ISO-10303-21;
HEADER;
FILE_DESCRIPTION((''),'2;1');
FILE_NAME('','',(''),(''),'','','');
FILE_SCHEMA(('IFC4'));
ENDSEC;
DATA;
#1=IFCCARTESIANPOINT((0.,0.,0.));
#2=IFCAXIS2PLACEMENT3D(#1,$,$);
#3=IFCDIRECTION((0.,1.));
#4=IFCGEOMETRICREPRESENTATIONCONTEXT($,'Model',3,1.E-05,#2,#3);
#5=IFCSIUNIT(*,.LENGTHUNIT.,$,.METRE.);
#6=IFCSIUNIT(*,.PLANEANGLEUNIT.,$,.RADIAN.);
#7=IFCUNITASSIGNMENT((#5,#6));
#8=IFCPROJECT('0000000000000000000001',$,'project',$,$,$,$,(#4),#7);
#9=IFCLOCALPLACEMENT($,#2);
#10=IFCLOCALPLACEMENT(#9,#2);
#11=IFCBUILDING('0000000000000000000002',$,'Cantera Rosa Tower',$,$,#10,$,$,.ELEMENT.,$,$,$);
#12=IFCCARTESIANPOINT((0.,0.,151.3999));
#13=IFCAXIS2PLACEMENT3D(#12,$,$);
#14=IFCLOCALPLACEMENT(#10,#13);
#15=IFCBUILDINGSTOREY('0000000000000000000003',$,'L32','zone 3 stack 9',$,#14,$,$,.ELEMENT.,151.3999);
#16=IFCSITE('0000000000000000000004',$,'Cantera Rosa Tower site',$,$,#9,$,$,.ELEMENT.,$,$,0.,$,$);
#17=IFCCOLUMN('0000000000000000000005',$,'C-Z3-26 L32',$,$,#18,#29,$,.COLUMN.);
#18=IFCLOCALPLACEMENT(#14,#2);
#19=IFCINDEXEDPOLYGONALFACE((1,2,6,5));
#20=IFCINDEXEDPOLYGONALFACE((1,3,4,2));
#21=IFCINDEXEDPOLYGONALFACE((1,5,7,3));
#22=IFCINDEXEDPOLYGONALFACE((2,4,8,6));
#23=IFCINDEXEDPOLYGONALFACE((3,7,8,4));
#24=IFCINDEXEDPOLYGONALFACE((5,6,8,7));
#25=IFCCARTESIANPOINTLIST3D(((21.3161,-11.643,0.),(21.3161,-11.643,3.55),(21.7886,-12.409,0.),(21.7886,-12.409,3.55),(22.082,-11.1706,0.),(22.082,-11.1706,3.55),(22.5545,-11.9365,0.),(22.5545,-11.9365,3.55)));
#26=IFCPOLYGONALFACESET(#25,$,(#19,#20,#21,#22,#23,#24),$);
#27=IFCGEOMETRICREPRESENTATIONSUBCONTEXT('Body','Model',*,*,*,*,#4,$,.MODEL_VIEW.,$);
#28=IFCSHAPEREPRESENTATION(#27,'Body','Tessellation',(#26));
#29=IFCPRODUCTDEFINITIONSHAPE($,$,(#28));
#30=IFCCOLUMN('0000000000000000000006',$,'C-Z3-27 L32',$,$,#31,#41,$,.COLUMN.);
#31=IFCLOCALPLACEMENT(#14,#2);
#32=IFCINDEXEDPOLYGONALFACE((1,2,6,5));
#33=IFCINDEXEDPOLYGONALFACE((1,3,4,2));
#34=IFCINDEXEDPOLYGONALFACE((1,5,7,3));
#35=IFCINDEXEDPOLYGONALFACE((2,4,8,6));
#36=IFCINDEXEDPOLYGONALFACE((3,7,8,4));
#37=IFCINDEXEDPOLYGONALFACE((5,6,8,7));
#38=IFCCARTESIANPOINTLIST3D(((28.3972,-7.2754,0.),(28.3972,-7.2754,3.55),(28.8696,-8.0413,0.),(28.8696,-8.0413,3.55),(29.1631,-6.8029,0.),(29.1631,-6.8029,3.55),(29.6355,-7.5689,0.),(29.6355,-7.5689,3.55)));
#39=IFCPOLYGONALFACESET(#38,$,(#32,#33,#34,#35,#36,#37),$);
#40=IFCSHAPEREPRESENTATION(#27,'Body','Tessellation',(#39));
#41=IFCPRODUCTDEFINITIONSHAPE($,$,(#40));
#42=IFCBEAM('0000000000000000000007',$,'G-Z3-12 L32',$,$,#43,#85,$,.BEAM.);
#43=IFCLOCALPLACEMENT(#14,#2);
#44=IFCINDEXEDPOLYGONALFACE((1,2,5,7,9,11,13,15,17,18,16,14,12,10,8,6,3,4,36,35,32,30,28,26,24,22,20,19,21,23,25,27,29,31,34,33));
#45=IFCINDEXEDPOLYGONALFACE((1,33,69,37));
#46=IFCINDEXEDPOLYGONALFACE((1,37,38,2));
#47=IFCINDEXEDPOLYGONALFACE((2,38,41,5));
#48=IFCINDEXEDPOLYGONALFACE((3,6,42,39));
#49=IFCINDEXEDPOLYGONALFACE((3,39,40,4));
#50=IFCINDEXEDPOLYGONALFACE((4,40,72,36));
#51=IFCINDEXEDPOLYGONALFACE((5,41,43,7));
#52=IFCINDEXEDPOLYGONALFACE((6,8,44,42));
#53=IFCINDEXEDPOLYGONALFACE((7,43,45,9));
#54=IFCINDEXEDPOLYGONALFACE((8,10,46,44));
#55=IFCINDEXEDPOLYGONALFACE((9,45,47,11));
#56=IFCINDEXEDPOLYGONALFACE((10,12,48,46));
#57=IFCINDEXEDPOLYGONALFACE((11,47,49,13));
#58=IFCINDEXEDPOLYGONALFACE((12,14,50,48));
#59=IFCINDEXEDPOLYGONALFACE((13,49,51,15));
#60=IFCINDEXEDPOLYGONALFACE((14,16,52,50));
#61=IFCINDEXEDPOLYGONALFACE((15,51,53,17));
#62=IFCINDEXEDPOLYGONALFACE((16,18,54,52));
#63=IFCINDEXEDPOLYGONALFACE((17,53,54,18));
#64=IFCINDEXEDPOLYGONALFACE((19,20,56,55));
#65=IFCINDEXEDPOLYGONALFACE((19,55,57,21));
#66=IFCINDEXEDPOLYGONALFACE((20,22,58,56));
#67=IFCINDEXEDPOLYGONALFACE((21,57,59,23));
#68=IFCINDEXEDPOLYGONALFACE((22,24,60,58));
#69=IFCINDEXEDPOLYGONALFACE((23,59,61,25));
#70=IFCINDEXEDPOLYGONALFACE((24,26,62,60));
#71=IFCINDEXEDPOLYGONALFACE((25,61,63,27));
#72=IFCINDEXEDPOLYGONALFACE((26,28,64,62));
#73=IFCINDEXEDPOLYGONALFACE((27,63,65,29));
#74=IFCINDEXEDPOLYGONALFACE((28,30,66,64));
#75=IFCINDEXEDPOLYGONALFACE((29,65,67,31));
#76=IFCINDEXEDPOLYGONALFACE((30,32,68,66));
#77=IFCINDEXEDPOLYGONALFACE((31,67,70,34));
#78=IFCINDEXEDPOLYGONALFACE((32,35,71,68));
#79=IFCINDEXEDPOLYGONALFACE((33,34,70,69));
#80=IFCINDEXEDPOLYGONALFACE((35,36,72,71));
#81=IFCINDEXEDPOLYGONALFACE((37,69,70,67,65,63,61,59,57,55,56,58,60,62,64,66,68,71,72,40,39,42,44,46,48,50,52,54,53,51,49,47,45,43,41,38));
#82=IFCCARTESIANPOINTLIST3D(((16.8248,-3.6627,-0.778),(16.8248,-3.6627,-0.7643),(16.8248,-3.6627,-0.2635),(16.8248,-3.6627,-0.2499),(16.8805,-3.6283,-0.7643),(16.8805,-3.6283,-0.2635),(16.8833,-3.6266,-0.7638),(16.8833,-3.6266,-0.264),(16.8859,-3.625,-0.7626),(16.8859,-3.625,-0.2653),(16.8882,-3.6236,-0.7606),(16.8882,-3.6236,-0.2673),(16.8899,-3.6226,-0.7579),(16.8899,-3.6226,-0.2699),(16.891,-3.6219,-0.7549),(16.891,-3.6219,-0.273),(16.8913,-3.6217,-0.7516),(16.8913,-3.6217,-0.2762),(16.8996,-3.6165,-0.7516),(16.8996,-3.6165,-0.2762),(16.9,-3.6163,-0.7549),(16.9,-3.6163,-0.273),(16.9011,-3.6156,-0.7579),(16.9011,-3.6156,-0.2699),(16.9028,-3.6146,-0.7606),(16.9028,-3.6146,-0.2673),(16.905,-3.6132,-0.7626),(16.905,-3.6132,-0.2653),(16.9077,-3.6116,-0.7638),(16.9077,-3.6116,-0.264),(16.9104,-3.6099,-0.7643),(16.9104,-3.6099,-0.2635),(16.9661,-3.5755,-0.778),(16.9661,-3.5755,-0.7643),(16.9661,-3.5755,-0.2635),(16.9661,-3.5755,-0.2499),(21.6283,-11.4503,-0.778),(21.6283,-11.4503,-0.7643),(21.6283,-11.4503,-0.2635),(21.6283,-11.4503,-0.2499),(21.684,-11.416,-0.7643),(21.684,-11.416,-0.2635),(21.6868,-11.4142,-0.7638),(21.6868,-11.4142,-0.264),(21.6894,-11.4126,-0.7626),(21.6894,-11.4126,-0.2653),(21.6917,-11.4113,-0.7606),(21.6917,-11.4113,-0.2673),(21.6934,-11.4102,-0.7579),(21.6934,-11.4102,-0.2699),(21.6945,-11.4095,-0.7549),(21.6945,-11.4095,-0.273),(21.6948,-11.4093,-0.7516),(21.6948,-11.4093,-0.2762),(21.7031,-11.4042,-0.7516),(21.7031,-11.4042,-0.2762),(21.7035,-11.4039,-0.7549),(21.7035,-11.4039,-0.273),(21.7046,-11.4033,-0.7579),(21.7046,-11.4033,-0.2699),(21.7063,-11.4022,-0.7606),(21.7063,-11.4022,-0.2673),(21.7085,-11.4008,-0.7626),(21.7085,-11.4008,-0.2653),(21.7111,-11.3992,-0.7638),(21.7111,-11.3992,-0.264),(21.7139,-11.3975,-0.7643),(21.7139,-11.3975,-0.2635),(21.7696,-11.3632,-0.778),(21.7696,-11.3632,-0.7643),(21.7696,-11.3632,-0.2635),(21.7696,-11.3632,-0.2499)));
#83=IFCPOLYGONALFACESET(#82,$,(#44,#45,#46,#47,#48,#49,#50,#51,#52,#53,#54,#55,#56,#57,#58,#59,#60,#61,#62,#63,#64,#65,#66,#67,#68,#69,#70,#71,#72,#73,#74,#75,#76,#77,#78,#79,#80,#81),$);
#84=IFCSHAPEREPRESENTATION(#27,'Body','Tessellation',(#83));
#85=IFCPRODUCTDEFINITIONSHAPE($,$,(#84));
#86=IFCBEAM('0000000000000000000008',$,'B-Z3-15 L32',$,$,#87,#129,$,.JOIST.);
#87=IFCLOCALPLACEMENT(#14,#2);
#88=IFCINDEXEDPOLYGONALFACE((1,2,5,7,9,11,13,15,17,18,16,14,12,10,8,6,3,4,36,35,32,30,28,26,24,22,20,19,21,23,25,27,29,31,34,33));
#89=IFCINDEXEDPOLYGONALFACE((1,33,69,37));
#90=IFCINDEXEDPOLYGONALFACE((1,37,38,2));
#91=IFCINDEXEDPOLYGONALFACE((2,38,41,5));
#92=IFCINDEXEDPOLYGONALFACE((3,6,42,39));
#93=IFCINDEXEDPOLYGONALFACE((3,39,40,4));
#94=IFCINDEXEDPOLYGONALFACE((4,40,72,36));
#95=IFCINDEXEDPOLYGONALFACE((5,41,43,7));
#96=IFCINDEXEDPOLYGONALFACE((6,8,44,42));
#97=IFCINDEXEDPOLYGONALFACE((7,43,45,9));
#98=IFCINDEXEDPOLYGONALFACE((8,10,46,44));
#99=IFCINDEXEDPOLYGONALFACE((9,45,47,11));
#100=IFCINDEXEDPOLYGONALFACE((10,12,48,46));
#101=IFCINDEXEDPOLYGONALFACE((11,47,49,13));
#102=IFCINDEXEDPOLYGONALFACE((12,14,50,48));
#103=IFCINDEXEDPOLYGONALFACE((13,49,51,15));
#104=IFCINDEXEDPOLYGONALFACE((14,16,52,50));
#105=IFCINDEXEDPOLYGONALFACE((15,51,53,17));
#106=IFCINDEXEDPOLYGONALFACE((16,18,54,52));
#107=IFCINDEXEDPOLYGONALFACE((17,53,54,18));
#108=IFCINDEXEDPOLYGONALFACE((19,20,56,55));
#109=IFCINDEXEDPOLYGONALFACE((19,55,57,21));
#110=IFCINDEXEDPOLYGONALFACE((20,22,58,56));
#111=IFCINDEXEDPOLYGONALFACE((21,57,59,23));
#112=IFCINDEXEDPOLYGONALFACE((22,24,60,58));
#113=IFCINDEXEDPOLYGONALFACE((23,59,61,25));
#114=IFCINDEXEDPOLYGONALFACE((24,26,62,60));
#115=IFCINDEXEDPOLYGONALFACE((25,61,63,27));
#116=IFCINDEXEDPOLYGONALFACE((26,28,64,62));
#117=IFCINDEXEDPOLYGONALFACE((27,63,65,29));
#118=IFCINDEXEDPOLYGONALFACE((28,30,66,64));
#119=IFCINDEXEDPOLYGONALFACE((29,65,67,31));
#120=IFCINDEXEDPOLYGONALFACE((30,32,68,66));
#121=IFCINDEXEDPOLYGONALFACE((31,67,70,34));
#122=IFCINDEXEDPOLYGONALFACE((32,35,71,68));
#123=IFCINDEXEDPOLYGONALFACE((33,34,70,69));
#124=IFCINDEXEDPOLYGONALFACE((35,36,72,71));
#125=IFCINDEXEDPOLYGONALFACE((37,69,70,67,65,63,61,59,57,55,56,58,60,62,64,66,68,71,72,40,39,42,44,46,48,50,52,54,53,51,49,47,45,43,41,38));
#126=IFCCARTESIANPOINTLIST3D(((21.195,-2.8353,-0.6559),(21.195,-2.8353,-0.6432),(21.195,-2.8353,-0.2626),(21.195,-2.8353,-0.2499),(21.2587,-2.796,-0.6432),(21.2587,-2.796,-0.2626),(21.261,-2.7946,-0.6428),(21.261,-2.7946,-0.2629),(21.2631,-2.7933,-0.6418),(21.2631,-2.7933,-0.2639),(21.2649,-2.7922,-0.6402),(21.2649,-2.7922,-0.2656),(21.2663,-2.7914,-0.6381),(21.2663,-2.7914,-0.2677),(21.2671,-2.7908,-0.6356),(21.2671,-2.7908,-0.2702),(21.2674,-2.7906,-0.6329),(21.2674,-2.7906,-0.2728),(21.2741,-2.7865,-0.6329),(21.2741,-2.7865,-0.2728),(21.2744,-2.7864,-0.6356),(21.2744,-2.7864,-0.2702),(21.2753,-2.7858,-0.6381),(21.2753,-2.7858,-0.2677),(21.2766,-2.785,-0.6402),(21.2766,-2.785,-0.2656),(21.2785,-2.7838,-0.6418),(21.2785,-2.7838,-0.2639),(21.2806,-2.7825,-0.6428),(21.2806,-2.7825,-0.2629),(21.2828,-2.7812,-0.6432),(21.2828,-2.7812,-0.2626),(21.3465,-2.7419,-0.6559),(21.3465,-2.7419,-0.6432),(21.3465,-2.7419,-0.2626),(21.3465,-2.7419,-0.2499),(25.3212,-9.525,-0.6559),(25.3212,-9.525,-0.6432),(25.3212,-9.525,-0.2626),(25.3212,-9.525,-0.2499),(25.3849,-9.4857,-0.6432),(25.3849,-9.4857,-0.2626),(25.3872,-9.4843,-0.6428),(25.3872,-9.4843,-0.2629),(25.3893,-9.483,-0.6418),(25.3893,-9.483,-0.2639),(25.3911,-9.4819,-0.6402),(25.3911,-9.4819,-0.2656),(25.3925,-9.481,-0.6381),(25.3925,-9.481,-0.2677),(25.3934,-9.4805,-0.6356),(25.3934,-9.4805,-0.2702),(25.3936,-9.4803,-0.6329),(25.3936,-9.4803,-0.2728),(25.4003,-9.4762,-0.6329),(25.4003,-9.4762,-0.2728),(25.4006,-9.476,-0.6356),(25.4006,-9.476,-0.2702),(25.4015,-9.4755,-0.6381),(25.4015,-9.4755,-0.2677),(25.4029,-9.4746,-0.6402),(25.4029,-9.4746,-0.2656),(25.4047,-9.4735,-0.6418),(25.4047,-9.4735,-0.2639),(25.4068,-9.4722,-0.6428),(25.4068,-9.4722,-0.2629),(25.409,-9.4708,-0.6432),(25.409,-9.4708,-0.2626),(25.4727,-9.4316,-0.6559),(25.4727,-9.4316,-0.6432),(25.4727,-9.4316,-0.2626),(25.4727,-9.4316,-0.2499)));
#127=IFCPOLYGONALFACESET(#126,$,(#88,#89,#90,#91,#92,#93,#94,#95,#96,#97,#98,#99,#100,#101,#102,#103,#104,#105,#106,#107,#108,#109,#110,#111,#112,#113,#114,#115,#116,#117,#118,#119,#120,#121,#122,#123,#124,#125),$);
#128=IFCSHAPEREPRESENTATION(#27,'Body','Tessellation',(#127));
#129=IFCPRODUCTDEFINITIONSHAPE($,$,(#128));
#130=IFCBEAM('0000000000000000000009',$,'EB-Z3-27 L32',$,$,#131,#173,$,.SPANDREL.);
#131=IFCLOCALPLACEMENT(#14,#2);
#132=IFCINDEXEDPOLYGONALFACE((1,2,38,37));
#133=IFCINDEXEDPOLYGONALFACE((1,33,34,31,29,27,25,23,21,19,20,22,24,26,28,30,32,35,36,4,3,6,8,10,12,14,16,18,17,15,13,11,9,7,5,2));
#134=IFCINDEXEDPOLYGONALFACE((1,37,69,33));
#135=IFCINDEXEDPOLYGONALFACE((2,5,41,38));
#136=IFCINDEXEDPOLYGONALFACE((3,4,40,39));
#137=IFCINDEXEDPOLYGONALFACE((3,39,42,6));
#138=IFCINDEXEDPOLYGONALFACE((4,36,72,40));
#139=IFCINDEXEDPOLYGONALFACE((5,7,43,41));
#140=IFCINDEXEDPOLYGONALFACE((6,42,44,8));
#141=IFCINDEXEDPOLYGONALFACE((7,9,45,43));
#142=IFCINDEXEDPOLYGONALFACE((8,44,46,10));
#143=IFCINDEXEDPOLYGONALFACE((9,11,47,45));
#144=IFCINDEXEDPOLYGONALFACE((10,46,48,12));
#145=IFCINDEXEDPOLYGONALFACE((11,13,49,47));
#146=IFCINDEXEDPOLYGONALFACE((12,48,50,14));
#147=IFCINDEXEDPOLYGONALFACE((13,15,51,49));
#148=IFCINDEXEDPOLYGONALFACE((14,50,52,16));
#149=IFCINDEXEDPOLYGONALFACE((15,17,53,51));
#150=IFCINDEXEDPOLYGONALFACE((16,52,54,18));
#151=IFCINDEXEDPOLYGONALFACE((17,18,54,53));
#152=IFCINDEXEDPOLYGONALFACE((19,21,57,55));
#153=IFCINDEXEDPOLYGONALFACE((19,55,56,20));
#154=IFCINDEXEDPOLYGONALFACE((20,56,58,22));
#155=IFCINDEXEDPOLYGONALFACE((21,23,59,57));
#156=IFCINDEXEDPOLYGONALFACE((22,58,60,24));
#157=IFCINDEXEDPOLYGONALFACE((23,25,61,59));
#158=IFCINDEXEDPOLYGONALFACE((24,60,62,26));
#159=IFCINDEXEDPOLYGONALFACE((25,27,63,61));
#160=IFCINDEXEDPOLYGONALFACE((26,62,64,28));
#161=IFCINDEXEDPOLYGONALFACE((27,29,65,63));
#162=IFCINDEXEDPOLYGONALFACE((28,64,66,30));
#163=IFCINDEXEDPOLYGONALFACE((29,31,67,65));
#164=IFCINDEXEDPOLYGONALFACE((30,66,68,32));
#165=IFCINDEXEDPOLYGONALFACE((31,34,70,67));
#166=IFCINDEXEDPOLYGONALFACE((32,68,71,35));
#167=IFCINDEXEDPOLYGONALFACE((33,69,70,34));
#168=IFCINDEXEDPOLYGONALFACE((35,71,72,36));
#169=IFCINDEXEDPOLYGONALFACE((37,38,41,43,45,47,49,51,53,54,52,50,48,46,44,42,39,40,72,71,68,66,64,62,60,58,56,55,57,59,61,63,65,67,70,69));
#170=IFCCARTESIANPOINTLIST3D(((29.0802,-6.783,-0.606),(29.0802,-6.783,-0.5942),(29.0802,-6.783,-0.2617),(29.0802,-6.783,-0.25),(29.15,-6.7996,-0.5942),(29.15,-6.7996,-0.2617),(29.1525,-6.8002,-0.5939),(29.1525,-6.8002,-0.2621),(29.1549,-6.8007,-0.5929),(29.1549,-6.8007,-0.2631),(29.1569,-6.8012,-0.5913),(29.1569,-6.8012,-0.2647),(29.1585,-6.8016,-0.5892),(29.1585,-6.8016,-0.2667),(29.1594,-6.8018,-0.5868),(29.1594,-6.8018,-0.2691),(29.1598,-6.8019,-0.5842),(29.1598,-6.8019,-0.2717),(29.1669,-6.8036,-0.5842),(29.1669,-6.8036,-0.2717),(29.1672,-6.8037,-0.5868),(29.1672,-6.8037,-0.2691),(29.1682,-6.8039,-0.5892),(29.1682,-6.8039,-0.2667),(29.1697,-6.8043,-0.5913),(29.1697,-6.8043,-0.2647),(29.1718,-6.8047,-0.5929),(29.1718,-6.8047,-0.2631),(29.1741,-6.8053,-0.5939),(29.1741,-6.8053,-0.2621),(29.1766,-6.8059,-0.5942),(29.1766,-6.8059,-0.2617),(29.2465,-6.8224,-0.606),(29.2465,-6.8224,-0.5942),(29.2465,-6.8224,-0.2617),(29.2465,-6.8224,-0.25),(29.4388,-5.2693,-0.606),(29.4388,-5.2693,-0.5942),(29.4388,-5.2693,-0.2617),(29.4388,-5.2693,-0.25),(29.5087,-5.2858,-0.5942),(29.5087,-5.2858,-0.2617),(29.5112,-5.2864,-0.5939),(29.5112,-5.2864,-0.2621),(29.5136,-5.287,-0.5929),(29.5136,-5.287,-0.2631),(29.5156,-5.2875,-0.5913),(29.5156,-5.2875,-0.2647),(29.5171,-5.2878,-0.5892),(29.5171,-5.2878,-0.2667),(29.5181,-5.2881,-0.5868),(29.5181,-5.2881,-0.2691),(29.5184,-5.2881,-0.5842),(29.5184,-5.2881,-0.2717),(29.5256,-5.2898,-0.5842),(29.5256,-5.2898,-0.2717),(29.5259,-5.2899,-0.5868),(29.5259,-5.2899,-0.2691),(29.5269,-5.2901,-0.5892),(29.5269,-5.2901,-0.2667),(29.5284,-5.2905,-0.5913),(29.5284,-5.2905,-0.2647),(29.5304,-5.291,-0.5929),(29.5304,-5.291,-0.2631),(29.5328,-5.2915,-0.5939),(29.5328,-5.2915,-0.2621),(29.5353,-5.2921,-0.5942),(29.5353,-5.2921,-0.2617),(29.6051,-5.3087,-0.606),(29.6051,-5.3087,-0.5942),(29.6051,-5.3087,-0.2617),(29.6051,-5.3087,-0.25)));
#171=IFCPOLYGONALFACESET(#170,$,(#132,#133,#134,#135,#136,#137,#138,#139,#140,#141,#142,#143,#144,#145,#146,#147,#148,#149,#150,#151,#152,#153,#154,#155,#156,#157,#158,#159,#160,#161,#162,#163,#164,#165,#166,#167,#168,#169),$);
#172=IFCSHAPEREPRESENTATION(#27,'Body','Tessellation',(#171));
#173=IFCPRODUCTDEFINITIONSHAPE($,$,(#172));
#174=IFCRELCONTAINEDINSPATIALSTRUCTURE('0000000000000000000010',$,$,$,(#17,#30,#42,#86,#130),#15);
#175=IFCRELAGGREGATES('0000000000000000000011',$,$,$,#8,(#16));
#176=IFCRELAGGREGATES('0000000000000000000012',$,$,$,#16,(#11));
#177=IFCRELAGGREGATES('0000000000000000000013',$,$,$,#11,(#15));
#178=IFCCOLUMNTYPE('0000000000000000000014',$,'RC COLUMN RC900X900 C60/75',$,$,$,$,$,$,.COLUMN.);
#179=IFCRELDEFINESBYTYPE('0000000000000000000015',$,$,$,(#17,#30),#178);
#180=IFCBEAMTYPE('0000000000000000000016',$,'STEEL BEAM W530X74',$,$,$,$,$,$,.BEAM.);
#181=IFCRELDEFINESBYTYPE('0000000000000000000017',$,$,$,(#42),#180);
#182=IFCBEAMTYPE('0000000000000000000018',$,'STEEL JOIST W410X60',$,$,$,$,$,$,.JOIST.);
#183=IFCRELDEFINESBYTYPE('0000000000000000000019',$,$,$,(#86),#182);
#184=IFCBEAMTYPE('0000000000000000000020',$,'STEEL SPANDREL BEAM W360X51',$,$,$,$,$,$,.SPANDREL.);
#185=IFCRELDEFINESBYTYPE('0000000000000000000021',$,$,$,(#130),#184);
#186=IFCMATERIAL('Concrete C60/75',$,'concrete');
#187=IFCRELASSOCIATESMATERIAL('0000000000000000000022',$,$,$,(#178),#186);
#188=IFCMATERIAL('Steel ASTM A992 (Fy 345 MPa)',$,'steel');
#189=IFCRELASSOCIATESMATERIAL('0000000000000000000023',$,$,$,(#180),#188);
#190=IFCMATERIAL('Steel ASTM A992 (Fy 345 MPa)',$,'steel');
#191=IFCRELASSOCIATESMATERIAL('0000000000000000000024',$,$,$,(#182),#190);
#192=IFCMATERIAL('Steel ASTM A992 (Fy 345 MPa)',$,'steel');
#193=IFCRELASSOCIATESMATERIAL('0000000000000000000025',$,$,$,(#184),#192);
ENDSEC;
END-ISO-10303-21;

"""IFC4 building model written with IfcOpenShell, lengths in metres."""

from ifc_helpers import new_model, si_unit, direction, frame, origin, origin_2d, place, context, subcontext, project, spatial, rectangle, i_section, extrude, material, material_profile, profile_set, type_object, element, save


model = new_model("IFC4")

# Units and contexts
model_context = context("Model", 3, precision=1e-05, world=origin(), true_north=direction((0.0, 1.0)))
body_context = subcontext(model_context, "Body", "Model", "MODEL_VIEW")
ifc_project = project(units=[si_unit("LENGTHUNIT", "METRE"), si_unit("PLANEANGLEUNIT", "RADIAN")], contexts=[model_context])

# Site, building, storey
site_placement = place(None, origin())
site = spatial("IfcSite", under=ifc_project, at=site_placement, Name="Cantera Rosa Tower site", CompositionType="ELEMENT", RefElevation=0.0)
building_placement = place(site_placement, origin())
building = spatial("IfcBuilding", under=site, at=building_placement, Name="Cantera Rosa Tower", CompositionType="ELEMENT")
storey_placement = place(building_placement, frame((0.0, 0.0, 151.3999)))
storey = spatial("IfcBuildingStorey", under=building, at=storey_placement, Name="L32", Description="zone 3 stack 9", CompositionType="ELEMENT", Elevation=151.3999)

# Columns
ifc_material_1 = material(Name="Concrete C60/75", Category="concrete")
ifc_material_profile_1 = material_profile(ifc_material_1, rectangle(XDim=0.8999, YDim=0.8999, at=origin_2d()), Name="RC COLUMN RC900X900 C60/75")
ifc_profile_set_1 = profile_set([ifc_material_profile_1], Name="Concrete C60/75")
column_type = type_object("IfcColumnType", Name="RC COLUMN RC900X900 C60/75", PredefinedType="COLUMN", material=ifc_profile_set_1)
for number, where, z_axis, x_axis, name in (
    (1, (21.9353, -11.7898, 0.0), (0.0, 0.0, 1.0), (0.851117, 0.524977, 0.0), "C-Z3-26 L32"),
    (2, (29.0164, -7.4221, 0.0), (0.0, 0.0, 1.0), (0.851117, 0.524977, 0.0), "C-Z3-27 L32"),
):
    element("IfcColumn", number, at=place(storey_placement, frame(where, z_axis=z_axis, x_axis=x_axis)), inside=storey, type_object=column_type, Name=name, PredefinedType="COLUMN", context=body_context, shape_type="SweptSolid", body=[
        extrude(rectangle(XDim=0.8999, YDim=0.8999, at=origin_2d()), origin(), (0.0, 0.0, 1.0), 3.55),
    ])

# Beams
ifc_material_2 = material(Name="Steel ASTM A992 (Fy 345 MPa)", Category="steel")
ifc_material_profile_2 = material_profile(ifc_material_2, i_section(OverallWidth=0.166, OverallDepth=0.5281, WebThickness=0.0098, FlangeThickness=0.0137, FilletRadius=0.0127, at=origin_2d()), Name="W530X74")
ifc_profile_set_2 = profile_set([ifc_material_profile_2], Name="Steel ASTM A992 (Fy 345 MPa)")
beam_type_1 = type_object("IfcBeamType", Name="STEEL BEAM W530X74", PredefinedType="BEAM", material=ifc_profile_set_2)
beam_1_placement = place(storey_placement, frame((21.699, -11.4067, -0.5139), z_axis=(-0.524977, 0.851116, 0.0), x_axis=(-0.851116, -0.524977, 0.0)))
element("IfcBeam", 3, at=beam_1_placement, inside=storey, type_object=beam_type_1, Name="G-Z3-12 L32", PredefinedType="BEAM", context=body_context, shape_type="SweptSolid", body=[
    extrude(i_section(OverallWidth=0.166, OverallDepth=0.5281, WebThickness=0.0098, FlangeThickness=0.0137, FilletRadius=0.0127, at=origin_2d()), origin(), (0.0, 0.0, 1.0), 9.1499),
])
ifc_material_3 = material(Name="Steel ASTM A992 (Fy 345 MPa)", Category="steel")
ifc_material_profile_3 = material_profile(ifc_material_3, i_section(OverallWidth=0.178, OverallDepth=0.406, WebThickness=0.0078, FlangeThickness=0.0127, FilletRadius=0.0103, at=origin_2d()), Name="W410X60")
ifc_profile_set_3 = profile_set([ifc_material_profile_3], Name="Steel ASTM A992 (Fy 345 MPa)")
beam_type_2 = type_object("IfcBeamType", Name="STEEL JOIST W410X60", PredefinedType="JOIST", material=ifc_profile_set_3)
beam_2_placement = place(storey_placement, frame((25.397, -9.4783, -0.4529), z_axis=(-0.524972, 0.851119, 0.0), x_axis=(-0.851119, -0.524972, 0.0)))
element("IfcBeam", 4, at=beam_2_placement, inside=storey, type_object=beam_type_2, Name="B-Z3-15 L32", PredefinedType="JOIST", context=body_context, shape_type="SweptSolid", body=[
    extrude(i_section(OverallWidth=0.178, OverallDepth=0.406, WebThickness=0.0078, FlangeThickness=0.0127, FilletRadius=0.0103, at=origin_2d()), origin(), (0.0, 0.0, 1.0), 7.8599),
])
ifc_material_4 = material(Name="Steel ASTM A992 (Fy 345 MPa)", Category="steel")
ifc_material_profile_4 = material_profile(ifc_material_4, i_section(OverallWidth=0.1709, OverallDepth=0.356, WebThickness=0.0073, FlangeThickness=0.0117, FilletRadius=0.01, at=origin_2d()), Name="W360X51")
ifc_profile_set_4 = profile_set([ifc_material_profile_4], Name="Steel ASTM A992 (Fy 345 MPa)")
beam_type_3 = type_object("IfcBeamType", Name="STEEL SPANDREL BEAM W360X51", PredefinedType="SPANDREL", material=ifc_profile_set_4)
beam_3_placement = place(storey_placement, frame((29.1633, -6.8027, -0.428), z_axis=(0.230552, 0.97306, 0.0), x_axis=(-0.97306, 0.230552, 0.0)))
element("IfcBeam", 5, at=beam_3_placement, inside=storey, type_object=beam_type_3, Name="EB-Z3-27 L32", PredefinedType="SPANDREL", context=body_context, shape_type="SweptSolid", body=[
    extrude(i_section(OverallWidth=0.1709, OverallDepth=0.356, WebThickness=0.0073, FlangeThickness=0.0117, FilletRadius=0.01, at=origin_2d()), origin(), (0.0, 0.0, 1.0), 1.5557),
])

save(model, "model.ifc")
